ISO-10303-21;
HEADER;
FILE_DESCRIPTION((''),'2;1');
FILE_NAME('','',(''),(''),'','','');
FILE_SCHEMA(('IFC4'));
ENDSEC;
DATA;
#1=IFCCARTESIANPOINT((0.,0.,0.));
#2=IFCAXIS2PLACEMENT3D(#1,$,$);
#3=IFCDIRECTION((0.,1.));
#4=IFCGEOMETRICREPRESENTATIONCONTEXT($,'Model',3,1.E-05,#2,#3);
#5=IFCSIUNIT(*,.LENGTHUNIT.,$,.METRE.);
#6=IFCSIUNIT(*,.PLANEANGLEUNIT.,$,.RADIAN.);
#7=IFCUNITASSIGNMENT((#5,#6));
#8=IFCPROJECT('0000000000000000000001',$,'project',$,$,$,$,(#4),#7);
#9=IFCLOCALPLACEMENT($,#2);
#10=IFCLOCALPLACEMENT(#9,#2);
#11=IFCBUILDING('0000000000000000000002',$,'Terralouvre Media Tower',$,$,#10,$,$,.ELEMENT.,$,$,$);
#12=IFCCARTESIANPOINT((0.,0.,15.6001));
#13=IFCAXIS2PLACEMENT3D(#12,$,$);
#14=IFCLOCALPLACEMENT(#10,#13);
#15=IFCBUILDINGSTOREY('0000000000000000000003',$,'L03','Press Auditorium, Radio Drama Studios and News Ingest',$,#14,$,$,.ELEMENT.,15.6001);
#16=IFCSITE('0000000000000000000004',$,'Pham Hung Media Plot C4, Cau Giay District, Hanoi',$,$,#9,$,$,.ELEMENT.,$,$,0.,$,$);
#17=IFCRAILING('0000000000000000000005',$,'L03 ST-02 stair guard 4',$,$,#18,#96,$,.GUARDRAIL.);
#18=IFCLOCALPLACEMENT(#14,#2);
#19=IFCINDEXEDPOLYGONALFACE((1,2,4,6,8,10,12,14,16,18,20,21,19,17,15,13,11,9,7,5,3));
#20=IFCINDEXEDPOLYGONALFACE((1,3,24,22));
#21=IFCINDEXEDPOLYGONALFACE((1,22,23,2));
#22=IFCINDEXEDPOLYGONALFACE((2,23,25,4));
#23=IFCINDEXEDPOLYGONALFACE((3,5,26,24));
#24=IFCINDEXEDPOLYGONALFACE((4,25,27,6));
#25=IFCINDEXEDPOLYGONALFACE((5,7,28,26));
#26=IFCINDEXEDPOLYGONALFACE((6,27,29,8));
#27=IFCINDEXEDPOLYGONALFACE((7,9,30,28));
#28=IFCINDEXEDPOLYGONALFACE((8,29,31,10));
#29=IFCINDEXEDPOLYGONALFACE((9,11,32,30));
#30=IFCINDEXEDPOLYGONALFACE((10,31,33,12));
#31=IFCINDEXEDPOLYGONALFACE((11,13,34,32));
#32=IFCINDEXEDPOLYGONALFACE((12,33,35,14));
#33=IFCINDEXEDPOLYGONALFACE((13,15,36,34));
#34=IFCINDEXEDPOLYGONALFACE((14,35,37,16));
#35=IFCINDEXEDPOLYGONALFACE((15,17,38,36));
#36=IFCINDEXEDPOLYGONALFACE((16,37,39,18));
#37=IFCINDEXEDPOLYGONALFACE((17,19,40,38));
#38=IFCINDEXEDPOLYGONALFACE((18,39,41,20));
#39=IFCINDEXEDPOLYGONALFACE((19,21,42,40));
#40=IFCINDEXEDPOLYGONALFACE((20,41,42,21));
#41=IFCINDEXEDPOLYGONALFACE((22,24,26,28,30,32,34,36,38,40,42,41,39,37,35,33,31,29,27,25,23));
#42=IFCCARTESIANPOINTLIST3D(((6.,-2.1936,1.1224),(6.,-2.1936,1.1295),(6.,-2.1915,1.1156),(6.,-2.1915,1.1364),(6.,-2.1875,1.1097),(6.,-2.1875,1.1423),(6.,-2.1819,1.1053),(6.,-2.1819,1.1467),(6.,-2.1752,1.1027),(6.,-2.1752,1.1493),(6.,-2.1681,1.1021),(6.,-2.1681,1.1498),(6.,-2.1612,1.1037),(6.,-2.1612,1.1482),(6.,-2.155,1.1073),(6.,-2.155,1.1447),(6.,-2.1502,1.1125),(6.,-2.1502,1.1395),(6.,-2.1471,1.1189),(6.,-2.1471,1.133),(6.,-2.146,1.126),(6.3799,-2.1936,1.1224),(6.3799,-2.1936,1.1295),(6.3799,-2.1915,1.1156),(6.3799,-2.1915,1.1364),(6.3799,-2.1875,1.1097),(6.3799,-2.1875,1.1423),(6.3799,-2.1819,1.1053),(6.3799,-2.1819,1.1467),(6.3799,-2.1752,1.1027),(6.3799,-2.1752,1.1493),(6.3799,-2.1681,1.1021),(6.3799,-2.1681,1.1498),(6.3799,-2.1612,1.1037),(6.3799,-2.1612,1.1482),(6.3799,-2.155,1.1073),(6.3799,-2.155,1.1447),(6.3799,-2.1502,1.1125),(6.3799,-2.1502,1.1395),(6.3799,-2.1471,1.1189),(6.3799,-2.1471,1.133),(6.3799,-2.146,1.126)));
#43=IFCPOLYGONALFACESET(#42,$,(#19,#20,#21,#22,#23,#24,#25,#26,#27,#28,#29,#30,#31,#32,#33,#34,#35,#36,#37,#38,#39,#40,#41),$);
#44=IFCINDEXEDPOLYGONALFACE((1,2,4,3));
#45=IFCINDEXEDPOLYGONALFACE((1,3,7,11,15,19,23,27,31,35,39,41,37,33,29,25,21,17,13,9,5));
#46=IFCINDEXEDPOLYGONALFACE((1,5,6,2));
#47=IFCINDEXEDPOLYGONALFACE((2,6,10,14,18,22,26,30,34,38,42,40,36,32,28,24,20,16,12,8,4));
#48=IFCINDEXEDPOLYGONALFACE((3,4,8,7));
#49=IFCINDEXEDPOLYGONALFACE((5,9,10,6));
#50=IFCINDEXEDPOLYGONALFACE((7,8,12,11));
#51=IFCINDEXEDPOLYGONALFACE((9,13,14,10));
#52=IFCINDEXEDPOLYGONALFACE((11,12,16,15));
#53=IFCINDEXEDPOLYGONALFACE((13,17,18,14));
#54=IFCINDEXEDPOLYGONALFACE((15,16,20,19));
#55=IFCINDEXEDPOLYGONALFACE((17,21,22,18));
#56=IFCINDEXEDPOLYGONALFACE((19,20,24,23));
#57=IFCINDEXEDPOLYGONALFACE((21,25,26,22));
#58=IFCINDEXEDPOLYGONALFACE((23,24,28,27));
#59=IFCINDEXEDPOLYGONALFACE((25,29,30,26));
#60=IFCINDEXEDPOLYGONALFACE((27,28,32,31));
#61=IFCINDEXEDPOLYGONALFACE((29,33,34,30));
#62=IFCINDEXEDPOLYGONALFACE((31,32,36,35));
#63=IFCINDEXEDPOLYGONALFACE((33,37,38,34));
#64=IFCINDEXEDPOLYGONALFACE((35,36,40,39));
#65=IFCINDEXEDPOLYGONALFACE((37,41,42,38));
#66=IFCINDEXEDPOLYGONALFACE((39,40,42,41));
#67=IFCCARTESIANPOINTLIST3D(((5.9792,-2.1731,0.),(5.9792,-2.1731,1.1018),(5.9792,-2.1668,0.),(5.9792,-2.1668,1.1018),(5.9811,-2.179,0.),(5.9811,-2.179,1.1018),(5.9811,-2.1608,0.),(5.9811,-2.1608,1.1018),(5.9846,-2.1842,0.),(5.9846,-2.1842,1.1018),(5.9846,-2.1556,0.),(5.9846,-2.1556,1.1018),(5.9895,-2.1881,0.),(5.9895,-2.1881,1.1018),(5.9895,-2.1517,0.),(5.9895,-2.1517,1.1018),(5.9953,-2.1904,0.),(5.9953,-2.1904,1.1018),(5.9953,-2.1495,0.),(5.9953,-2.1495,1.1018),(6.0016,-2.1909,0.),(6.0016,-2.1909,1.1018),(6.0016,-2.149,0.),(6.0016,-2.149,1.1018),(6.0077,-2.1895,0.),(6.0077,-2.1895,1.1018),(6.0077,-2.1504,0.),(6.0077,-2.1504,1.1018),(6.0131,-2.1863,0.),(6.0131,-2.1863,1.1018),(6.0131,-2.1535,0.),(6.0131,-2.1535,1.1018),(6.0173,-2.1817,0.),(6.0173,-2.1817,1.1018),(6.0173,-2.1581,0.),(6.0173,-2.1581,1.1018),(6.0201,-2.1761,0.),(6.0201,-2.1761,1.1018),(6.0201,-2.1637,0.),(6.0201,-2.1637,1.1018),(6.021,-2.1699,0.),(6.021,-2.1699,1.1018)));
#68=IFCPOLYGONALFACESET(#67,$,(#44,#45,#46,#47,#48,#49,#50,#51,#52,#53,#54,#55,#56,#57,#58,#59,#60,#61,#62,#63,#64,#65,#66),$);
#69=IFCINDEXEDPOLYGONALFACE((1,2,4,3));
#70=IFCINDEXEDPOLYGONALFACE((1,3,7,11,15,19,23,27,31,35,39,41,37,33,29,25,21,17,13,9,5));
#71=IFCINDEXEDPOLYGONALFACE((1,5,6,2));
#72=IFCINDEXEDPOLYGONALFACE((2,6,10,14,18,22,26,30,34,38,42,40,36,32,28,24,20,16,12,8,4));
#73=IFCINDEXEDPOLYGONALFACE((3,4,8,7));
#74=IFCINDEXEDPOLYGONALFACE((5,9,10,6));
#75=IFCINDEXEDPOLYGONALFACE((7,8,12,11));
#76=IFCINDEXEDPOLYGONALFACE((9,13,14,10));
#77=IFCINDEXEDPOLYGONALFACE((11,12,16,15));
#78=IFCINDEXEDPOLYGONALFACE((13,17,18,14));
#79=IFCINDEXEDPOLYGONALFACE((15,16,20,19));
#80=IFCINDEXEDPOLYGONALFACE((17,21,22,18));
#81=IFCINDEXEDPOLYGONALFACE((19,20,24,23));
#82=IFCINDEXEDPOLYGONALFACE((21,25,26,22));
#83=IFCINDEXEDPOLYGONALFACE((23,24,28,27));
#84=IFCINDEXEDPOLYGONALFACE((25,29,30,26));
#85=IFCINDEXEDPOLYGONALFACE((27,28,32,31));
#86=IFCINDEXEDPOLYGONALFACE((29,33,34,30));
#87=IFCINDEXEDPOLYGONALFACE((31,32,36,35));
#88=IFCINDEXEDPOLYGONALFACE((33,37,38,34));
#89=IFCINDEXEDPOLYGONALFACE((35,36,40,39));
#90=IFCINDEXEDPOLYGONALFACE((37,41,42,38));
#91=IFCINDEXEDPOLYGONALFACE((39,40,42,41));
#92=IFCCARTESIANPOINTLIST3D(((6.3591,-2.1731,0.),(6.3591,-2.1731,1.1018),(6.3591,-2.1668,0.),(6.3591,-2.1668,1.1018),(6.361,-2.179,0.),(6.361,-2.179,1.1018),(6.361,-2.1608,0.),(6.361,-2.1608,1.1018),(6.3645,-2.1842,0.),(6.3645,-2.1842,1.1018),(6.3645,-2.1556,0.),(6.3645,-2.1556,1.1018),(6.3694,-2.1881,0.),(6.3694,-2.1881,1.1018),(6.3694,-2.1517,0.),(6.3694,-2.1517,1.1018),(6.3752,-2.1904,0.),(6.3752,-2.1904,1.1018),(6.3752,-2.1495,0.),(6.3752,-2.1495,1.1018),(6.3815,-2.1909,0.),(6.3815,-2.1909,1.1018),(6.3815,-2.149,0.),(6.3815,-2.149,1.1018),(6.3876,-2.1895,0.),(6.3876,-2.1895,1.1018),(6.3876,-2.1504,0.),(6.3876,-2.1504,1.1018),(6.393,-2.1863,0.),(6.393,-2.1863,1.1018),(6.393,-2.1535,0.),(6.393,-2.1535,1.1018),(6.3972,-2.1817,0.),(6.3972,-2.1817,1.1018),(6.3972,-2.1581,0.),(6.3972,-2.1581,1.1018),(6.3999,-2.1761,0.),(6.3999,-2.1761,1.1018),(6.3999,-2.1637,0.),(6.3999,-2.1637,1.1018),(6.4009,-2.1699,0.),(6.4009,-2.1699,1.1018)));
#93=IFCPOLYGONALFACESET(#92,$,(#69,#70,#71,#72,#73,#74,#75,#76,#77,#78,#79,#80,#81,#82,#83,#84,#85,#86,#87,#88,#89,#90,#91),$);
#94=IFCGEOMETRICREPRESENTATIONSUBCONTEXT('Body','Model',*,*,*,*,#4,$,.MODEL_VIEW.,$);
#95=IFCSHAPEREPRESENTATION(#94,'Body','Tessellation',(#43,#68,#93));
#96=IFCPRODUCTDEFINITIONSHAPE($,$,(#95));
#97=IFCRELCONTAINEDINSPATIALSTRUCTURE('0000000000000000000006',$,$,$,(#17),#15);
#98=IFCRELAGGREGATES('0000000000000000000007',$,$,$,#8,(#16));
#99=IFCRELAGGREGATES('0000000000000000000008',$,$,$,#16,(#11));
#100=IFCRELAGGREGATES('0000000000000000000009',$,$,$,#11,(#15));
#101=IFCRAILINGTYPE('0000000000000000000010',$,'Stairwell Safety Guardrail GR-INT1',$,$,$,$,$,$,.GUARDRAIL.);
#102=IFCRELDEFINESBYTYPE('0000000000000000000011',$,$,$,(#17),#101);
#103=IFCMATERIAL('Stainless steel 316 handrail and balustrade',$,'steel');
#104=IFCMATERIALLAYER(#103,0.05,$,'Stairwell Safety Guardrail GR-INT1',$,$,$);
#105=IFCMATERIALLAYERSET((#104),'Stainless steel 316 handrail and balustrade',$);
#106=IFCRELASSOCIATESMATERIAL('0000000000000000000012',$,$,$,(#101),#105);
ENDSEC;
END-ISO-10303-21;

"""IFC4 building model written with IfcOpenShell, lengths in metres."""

from ifc_helpers import new_model, si_unit, direction, frame, origin, origin_2d, place, context, subcontext, project, spatial, circle, extrude, material, layer, layer_set, type_object, element, save


model = new_model("IFC4")

# Units and contexts
model_context = context("Model", 3, precision=1e-05, world=origin(), true_north=direction((0.0, 1.0)))
body_context = subcontext(model_context, "Body", "Model", "MODEL_VIEW")
ifc_project = project(units=[si_unit("LENGTHUNIT", "METRE"), si_unit("PLANEANGLEUNIT", "RADIAN")], contexts=[model_context])

# Site, building, storey
site_placement = place(None, origin())
site = spatial("IfcSite", under=ifc_project, at=site_placement, Name="Pham Hung Media Plot C4, Cau Giay District, Hanoi", CompositionType="ELEMENT", RefElevation=0.0)
building_placement = place(site_placement, origin())
building = spatial("IfcBuilding", under=site, at=building_placement, Name="Terralouvre Media Tower", CompositionType="ELEMENT")
storey_placement = place(building_placement, frame((0.0, 0.0, 15.6001)))
storey = spatial("IfcBuildingStorey", under=building, at=storey_placement, Name="L03", Description="Press Auditorium, Radio Drama Studios and News Ingest", CompositionType="ELEMENT", Elevation=15.6001)

# Railing
ifc_material_1 = material(Name="Stainless steel 316 handrail and balustrade", Category="steel")
ifc_layer_1 = layer(ifc_material_1, 0.05, Name="Stairwell Safety Guardrail GR-INT1")
ifc_layer_set_1 = layer_set([ifc_layer_1], Name="Stainless steel 316 handrail and balustrade")
railing_type_1 = type_object("IfcRailingType", Name="Stairwell Safety Guardrail GR-INT1", PredefinedType="GUARDRAIL", material=ifc_layer_set_1)
railing_1_placement = place(storey_placement, frame((6.0, -2.1699, 0.0)))
element("IfcRailing", 1, at=railing_1_placement, inside=storey, type_object=railing_type_1, Name="L03 ST-02 stair guard 4", PredefinedType="GUARDRAIL", context=body_context, shape_type="SweptSolid", body=[
    extrude(circle(Radius=0.0239, at=origin_2d()), frame((0.0, 0.0, 1.126), z_axis=(1.0, 0.0, 0.0), x_axis=(0.0, 1.0, 0.0)), (0.0, 0.0, 1.0), 0.3799),
    extrude(circle(Radius=0.021, at=origin_2d()), origin(), (0.0, 0.0, 1.0), 1.1018),
    extrude(circle(Radius=0.021, at=origin_2d()), frame((0.3799, 0.0, 0.0)), (0.0, 0.0, 1.0), 1.1018),
])

save(model, "model.ifc")
